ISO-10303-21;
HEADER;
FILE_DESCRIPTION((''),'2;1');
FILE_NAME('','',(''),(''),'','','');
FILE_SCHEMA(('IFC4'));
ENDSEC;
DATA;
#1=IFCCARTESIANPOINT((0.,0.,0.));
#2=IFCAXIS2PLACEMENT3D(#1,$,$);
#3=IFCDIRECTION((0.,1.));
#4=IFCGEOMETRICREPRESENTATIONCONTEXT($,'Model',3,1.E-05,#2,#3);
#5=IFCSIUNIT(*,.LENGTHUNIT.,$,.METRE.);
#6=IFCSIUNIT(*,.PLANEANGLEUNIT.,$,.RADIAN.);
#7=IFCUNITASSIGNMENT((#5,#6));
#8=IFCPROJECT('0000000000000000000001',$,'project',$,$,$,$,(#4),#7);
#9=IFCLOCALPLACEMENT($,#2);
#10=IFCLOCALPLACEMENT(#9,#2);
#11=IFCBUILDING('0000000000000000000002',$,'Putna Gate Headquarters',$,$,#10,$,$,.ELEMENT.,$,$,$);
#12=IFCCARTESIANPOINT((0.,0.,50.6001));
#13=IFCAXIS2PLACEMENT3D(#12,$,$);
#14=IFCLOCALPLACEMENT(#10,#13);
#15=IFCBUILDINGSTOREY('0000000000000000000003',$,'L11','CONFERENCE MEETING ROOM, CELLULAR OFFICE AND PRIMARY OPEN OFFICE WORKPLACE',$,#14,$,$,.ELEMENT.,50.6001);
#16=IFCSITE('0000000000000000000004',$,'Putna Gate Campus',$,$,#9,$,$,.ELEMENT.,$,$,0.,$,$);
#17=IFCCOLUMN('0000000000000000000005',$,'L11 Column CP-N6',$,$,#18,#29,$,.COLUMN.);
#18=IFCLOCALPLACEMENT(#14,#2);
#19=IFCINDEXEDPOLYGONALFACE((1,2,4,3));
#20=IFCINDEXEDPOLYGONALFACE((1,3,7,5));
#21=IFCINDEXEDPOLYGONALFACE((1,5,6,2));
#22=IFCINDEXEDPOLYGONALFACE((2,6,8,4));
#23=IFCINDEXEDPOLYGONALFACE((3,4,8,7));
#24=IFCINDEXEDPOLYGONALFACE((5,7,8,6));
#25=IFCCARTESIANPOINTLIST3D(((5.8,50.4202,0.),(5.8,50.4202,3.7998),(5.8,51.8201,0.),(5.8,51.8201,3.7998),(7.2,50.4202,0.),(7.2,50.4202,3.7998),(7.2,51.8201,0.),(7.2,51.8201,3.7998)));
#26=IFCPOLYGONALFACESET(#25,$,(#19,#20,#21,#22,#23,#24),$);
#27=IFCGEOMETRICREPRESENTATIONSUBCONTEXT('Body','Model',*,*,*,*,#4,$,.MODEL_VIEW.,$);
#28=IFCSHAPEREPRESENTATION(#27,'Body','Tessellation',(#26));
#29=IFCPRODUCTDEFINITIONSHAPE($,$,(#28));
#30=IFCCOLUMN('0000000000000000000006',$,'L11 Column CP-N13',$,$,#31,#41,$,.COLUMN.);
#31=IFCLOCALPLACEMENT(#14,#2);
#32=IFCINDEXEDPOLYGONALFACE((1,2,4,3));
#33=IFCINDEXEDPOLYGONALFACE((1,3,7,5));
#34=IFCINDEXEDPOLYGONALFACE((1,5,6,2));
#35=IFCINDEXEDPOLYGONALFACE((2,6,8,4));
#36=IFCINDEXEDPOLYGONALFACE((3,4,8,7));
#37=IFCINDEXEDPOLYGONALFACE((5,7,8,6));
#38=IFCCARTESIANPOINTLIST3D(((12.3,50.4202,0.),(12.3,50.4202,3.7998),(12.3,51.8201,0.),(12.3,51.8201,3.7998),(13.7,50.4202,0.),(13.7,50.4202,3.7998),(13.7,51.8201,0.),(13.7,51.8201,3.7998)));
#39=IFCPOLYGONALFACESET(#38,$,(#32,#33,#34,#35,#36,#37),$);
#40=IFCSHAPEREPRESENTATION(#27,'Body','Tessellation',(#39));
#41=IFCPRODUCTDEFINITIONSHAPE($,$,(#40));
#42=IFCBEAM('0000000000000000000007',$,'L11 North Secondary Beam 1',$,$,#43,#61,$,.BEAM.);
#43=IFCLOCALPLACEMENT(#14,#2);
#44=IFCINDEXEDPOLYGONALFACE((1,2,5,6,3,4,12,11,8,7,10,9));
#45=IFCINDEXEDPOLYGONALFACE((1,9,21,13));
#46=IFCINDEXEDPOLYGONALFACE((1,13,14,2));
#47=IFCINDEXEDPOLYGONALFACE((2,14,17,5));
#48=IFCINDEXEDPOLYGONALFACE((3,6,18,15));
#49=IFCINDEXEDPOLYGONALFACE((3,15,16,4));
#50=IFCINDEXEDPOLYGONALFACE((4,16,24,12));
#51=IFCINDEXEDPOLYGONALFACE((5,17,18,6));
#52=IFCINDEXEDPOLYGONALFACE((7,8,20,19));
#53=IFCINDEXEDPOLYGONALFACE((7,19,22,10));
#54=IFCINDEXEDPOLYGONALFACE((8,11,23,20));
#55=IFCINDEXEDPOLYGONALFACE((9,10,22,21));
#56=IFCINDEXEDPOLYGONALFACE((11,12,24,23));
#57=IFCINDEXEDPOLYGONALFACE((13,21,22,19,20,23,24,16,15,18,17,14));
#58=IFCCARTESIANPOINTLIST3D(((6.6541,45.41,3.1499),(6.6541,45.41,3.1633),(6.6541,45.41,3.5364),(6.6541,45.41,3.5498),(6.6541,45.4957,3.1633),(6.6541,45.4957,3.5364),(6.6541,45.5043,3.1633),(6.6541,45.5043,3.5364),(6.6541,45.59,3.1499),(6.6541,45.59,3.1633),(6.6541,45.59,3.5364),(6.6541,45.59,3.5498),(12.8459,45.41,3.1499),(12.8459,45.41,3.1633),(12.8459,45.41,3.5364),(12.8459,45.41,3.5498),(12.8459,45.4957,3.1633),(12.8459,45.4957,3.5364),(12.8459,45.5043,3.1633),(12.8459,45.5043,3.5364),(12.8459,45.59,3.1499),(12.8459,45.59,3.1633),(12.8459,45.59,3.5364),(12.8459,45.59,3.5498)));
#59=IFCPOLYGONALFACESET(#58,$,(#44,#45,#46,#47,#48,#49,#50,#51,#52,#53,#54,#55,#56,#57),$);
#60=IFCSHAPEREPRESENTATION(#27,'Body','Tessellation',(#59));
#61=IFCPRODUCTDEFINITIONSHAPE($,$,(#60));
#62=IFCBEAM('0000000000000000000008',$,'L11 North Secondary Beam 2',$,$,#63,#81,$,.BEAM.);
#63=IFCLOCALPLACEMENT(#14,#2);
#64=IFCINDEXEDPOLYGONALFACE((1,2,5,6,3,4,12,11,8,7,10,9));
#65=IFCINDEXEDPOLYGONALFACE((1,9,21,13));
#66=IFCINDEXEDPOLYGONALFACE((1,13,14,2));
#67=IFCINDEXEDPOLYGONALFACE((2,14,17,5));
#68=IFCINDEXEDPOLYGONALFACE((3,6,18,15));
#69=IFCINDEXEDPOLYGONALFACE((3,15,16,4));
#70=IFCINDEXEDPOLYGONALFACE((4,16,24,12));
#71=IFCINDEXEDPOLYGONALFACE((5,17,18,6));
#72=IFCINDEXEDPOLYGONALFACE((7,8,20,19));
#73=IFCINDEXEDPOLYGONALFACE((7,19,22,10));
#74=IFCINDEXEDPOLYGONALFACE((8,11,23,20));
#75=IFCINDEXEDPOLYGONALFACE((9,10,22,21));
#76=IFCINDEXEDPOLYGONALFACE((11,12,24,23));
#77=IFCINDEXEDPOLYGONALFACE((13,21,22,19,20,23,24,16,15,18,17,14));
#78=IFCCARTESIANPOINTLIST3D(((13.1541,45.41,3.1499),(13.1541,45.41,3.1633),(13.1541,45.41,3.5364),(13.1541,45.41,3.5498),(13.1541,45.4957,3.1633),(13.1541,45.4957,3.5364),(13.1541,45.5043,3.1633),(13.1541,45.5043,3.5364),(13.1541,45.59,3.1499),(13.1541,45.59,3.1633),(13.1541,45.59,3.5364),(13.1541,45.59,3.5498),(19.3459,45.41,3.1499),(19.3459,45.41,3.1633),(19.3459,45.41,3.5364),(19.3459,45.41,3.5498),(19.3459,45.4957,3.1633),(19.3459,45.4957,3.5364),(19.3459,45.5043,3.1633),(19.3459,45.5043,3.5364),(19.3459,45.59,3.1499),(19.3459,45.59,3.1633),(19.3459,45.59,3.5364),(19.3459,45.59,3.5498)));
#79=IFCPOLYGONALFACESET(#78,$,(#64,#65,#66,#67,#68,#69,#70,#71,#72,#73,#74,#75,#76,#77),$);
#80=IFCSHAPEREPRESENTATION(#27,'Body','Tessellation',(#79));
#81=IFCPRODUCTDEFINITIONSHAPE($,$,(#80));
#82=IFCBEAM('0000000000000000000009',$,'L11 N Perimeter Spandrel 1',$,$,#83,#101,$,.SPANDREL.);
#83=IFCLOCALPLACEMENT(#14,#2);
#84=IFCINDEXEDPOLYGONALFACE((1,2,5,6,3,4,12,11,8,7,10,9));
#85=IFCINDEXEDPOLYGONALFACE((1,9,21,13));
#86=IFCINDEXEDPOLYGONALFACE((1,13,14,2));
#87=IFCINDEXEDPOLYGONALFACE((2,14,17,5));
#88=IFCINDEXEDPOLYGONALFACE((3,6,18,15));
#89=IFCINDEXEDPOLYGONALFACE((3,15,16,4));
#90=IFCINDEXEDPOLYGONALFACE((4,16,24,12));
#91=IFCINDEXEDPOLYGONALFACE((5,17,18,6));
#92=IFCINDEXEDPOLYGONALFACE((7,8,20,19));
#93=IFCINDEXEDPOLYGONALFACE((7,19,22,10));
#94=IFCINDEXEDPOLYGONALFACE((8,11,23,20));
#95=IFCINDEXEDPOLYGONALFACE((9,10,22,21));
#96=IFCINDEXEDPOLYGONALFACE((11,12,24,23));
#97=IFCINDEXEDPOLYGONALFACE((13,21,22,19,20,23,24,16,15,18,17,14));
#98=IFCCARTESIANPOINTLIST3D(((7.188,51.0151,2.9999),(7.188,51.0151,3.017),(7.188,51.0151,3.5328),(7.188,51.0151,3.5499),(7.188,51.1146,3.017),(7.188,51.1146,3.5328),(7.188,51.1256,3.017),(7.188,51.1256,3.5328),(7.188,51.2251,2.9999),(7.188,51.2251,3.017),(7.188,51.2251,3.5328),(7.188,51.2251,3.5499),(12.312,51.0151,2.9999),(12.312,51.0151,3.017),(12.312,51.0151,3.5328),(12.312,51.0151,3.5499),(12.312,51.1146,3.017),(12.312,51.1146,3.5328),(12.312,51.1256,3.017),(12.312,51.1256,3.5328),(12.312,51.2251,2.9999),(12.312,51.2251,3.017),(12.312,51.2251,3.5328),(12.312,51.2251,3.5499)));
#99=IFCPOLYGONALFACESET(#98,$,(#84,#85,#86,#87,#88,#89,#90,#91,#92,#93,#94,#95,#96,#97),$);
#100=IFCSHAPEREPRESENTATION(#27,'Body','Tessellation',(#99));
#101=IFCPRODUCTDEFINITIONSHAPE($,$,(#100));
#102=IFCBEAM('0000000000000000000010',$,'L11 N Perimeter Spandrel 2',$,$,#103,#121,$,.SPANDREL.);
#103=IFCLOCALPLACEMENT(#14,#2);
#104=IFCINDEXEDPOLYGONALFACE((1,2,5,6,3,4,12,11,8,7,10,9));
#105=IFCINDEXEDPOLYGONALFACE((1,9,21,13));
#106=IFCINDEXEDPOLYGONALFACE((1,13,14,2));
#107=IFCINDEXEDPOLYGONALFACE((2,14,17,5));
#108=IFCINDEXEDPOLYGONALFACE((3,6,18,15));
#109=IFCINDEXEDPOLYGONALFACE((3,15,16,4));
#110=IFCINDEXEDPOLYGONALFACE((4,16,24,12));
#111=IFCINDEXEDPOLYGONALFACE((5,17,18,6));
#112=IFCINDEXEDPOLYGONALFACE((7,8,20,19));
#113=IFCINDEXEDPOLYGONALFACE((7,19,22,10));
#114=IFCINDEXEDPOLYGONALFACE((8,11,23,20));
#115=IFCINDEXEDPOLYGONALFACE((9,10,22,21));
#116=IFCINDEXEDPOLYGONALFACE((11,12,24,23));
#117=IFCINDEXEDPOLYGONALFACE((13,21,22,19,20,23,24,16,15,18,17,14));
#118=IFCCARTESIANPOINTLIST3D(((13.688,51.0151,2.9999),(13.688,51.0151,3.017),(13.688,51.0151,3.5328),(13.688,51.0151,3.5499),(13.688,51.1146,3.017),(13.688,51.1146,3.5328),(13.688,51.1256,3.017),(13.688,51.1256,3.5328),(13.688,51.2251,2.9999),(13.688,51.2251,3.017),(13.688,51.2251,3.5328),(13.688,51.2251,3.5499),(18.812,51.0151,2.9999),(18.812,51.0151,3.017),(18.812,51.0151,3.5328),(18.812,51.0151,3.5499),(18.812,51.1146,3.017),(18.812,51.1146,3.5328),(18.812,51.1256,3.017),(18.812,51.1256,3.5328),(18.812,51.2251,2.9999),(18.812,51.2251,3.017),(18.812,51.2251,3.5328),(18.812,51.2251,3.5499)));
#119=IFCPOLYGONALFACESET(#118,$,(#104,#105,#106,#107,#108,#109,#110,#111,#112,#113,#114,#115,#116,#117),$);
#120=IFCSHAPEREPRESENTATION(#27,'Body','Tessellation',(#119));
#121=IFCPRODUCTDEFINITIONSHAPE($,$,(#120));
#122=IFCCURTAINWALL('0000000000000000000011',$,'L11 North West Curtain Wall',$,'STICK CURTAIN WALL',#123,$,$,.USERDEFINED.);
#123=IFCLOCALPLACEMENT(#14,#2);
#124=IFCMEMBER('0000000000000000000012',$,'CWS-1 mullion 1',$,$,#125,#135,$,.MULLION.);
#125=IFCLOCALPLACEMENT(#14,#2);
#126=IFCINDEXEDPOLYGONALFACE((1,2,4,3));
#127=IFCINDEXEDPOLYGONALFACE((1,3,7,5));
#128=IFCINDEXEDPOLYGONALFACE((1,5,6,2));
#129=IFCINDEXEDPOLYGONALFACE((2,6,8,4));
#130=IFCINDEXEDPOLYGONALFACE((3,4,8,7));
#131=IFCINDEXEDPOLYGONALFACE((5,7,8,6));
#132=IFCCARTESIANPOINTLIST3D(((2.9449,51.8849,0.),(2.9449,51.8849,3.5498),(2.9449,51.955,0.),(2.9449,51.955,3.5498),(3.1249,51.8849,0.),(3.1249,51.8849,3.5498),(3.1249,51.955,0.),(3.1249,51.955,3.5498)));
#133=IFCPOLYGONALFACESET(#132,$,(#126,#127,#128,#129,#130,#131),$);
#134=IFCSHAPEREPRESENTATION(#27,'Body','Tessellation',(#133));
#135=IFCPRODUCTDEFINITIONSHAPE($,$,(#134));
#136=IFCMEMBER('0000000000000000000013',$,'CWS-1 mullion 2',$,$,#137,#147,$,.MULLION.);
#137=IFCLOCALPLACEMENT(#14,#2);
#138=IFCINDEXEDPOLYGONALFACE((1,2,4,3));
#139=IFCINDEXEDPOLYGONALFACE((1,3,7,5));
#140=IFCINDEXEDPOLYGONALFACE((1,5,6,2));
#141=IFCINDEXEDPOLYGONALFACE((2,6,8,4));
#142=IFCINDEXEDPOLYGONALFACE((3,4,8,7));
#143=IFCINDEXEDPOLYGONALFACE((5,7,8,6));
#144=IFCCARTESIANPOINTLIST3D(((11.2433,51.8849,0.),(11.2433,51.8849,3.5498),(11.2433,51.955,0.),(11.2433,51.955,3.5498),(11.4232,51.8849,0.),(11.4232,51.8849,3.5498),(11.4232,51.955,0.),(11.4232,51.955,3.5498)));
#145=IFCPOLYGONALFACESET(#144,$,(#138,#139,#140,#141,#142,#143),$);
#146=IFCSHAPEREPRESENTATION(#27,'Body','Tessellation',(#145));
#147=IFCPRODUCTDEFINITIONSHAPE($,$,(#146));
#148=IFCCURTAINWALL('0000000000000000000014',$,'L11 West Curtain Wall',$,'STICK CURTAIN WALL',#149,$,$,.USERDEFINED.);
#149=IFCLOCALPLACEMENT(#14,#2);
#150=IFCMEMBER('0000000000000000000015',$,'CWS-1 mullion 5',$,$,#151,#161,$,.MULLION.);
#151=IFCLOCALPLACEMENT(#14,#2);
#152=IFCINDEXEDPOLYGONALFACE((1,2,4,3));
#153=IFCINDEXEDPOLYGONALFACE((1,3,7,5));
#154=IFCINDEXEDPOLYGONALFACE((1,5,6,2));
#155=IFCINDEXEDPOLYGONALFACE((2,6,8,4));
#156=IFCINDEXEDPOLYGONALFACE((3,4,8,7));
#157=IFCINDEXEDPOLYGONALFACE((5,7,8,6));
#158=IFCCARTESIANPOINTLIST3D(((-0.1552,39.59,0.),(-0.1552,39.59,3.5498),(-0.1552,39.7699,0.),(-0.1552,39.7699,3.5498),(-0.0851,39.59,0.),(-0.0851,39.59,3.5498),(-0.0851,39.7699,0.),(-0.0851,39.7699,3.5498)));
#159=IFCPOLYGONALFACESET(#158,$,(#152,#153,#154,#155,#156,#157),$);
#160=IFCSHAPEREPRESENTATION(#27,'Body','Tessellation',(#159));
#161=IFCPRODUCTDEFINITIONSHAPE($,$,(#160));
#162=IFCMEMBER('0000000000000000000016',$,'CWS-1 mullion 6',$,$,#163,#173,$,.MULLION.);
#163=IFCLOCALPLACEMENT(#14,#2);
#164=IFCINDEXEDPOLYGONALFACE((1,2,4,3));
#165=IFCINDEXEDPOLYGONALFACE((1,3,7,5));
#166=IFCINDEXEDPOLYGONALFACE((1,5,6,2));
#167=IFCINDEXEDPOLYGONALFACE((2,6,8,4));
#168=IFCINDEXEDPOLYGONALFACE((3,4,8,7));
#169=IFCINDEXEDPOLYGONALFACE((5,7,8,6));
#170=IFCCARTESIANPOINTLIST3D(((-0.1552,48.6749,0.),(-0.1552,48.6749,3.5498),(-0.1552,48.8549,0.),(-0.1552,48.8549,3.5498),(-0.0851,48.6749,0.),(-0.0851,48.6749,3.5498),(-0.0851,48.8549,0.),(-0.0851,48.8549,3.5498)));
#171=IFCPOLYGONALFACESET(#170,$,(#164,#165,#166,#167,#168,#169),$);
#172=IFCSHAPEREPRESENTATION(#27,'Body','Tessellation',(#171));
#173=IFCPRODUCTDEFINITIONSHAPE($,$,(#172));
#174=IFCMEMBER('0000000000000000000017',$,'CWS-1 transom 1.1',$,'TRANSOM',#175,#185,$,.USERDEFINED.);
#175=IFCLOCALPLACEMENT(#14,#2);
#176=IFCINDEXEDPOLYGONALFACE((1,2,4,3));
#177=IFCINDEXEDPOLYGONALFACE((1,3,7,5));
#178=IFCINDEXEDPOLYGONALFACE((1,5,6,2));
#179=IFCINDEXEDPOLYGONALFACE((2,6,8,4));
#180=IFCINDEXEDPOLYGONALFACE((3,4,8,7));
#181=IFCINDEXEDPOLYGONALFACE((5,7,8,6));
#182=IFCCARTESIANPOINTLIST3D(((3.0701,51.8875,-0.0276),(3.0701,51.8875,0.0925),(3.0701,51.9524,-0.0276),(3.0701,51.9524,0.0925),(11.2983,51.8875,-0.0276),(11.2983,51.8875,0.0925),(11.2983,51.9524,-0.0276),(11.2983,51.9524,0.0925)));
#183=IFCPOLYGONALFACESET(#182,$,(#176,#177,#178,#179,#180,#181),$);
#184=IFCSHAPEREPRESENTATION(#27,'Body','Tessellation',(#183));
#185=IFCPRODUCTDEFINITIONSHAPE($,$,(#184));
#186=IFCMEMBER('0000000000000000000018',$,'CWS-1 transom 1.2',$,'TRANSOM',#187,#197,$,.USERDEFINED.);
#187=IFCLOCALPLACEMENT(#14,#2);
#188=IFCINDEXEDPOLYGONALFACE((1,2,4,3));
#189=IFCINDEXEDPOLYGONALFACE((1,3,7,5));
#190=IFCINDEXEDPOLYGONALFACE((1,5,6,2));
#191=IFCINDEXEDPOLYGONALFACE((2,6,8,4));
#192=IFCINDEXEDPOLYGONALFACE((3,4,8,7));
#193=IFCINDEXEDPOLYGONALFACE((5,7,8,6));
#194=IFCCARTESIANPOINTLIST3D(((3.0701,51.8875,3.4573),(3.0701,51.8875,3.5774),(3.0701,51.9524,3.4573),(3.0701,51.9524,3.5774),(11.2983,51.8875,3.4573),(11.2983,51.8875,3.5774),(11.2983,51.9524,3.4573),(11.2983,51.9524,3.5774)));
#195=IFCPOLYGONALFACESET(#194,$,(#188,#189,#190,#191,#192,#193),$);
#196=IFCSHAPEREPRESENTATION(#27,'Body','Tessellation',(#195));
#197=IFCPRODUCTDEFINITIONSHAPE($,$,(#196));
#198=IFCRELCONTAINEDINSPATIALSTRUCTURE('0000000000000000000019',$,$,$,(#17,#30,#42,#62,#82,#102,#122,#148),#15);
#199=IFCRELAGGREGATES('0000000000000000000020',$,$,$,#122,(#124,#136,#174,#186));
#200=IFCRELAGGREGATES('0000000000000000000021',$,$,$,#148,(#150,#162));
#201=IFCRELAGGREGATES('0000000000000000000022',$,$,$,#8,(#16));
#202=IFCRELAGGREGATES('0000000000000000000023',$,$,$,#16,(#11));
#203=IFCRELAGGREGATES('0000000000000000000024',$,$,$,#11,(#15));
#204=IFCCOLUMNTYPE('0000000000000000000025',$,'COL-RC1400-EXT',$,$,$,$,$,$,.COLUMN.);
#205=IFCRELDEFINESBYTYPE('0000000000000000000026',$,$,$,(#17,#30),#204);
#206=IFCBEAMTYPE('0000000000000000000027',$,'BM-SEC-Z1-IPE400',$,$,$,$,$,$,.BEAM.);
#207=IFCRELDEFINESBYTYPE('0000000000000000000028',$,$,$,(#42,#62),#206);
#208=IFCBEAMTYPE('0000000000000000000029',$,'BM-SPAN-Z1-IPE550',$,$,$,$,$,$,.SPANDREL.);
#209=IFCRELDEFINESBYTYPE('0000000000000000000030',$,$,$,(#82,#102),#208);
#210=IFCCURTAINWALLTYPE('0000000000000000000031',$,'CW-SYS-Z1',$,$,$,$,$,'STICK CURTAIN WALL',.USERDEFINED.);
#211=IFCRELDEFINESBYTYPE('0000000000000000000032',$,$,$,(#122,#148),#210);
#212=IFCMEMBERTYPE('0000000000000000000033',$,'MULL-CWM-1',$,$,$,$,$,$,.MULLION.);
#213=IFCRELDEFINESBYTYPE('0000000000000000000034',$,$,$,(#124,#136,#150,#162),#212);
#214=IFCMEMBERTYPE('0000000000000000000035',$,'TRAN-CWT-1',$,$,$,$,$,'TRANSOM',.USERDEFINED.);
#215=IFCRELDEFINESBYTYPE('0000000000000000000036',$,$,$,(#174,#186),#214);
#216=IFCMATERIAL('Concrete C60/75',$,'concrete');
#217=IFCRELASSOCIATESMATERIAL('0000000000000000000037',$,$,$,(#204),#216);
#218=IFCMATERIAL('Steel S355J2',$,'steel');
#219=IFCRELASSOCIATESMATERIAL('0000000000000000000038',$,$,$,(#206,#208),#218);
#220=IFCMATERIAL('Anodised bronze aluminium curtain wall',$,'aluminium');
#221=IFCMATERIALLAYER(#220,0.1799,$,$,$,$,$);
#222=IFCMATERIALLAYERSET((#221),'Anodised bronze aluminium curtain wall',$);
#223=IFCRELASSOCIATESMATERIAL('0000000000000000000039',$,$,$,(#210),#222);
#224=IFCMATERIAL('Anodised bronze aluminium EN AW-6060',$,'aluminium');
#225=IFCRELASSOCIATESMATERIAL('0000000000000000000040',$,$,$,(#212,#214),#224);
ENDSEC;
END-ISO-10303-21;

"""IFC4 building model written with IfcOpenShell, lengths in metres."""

from ifc_helpers import new_model, si_unit, direction, frame, origin, origin_2d, place, context, subcontext, project, spatial, rectangle, i_section, extrude, material, layer, layer_set, material_profile, profile_set, type_object, element, aggregate, save


model = new_model("IFC4")

# Units and contexts
model_context = context("Model", 3, precision=1e-05, world=origin(), true_north=direction((0.0, 1.0)))
body_context = subcontext(model_context, "Body", "Model", "MODEL_VIEW")
ifc_project = project(units=[si_unit("LENGTHUNIT", "METRE"), si_unit("PLANEANGLEUNIT", "RADIAN")], contexts=[model_context])

# Site, building, storey
site_placement = place(None, origin())
site = spatial("IfcSite", under=ifc_project, at=site_placement, Name="Putna Gate Campus", CompositionType="ELEMENT", RefElevation=0.0)
building_placement = place(site_placement, origin())
building = spatial("IfcBuilding", under=site, at=building_placement, Name="Putna Gate Headquarters", CompositionType="ELEMENT")
storey_placement = place(building_placement, frame((0.0, 0.0, 50.6001)))
storey = spatial("IfcBuildingStorey", under=building, at=storey_placement, Name="L11", Description="CONFERENCE MEETING ROOM, CELLULAR OFFICE AND PRIMARY OPEN OFFICE WORKPLACE", CompositionType="ELEMENT", Elevation=50.6001)

# Columns
ifc_material_1 = material(Name="Concrete C60/75", Category="concrete")
ifc_material_profile_1 = material_profile(ifc_material_1, rectangle(XDim=1.3999, YDim=1.3999, at=origin_2d()), Name="Concrete C60/75")
ifc_profile_set_1 = profile_set([ifc_material_profile_1], Name="Concrete C60/75")
column_type = type_object("IfcColumnType", Name="COL-RC1400-EXT", PredefinedType="COLUMN", material=ifc_profile_set_1)
for number, where, z_axis, x_axis, name in (
    (1, (6.5, 51.1201, 0.0), (0.0, 0.0, 1.0), (1.0, 0.0, 0.0), "L11 Column CP-N6"),
    (2, (13.0, 51.1201, 0.0), (0.0, 0.0, 1.0), (1.0, 0.0, 0.0), "L11 Column CP-N13"),
):
    element("IfcColumn", number, at=place(storey_placement, frame(where, z_axis=z_axis, x_axis=x_axis)), inside=storey, type_object=column_type, Name=name, PredefinedType="COLUMN", context=body_context, shape_type="SweptSolid", body=[
        extrude(rectangle(XDim=1.3999, YDim=1.3999, at=origin_2d()), origin(), (0.0, 0.0, 1.0), 3.7998),
    ])

# Beams
ifc_material_2 = material(Name="Steel S355J2", Category="steel")
ifc_material_profile_2 = material_profile(ifc_material_2, i_section(OverallWidth=0.1799, OverallDepth=0.3999, WebThickness=0.0085, FlangeThickness=0.0134, at=origin_2d()), Name="Steel S355J2")
ifc_profile_set_2 = profile_set([ifc_material_profile_2], Name="Steel S355J2")
beam_type_1 = type_object("IfcBeamType", Name="BM-SEC-Z1-IPE400", PredefinedType="BEAM", material=ifc_profile_set_2)
for number, where, z_axis, x_axis, name in (
    (3, (6.6541, 45.5, 3.3499), (1.0, 0.0, 0.0), (0.0, 1.0, 0.0), "L11 North Secondary Beam 1"),
    (4, (13.1541, 45.5, 3.3499), (1.0, 0.0, 0.0), (0.0, 1.0, 0.0), "L11 North Secondary Beam 2"),
):
    element("IfcBeam", number, at=place(storey_placement, frame(where, z_axis=z_axis, x_axis=x_axis)), inside=storey, type_object=beam_type_1, Name=name, PredefinedType="BEAM", context=body_context, shape_type="SweptSolid", body=[
        extrude(i_section(OverallWidth=0.1799, OverallDepth=0.3999, WebThickness=0.0085, FlangeThickness=0.0134, at=origin_2d()), origin(), (0.0, 0.0, 1.0), 6.1919),
    ])
ifc_material_profile_3 = material_profile(ifc_material_2, i_section(OverallWidth=0.21, OverallDepth=0.55, WebThickness=0.011, FlangeThickness=0.0171, at=origin_2d()), Name="Steel S355J2")
ifc_profile_set_3 = profile_set([ifc_material_profile_3], Name="Steel S355J2")
beam_type_2 = type_object("IfcBeamType", Name="BM-SPAN-Z1-IPE550", PredefinedType="SPANDREL", material=ifc_profile_set_3)
for number, where, z_axis, x_axis, name in (
    (5, (7.188, 51.1201, 3.2749), (1.0, 0.0, 0.0), (0.0, 1.0, 0.0), "L11 N Perimeter Spandrel 1"),
    (6, (13.688, 51.1201, 3.2749), (1.0, 0.0, 0.0), (0.0, 1.0, 0.0), "L11 N Perimeter Spandrel 2"),
):
    element("IfcBeam", number, at=place(storey_placement, frame(where, z_axis=z_axis, x_axis=x_axis)), inside=storey, type_object=beam_type_2, Name=name, PredefinedType="SPANDREL", context=body_context, shape_type="SweptSolid", body=[
        extrude(i_section(OverallWidth=0.21, OverallDepth=0.55, WebThickness=0.011, FlangeThickness=0.0171, at=origin_2d()), origin(), (0.0, 0.0, 1.0), 5.124),
    ])

# Curtain walls, members
ifc_material_3 = material(Name="Anodised bronze aluminium curtain wall", Category="aluminium")
ifc_layer_1 = layer(ifc_material_3, 0.1799)
ifc_layer_set_1 = layer_set([ifc_layer_1], Name="Anodised bronze aluminium curtain wall")
curtain_wall_type = type_object("IfcCurtainWallType", Name="CW-SYS-Z1", ElementType="STICK CURTAIN WALL", PredefinedType="USERDEFINED", material=ifc_layer_set_1)
curtain_wall_1_placement = place(storey_placement, origin())
curtain_wall_1 = element("IfcCurtainWall", 7, at=curtain_wall_1_placement, inside=storey, type_object=curtain_wall_type, Name="L11 North West Curtain Wall", ObjectType="STICK CURTAIN WALL", PredefinedType="USERDEFINED")
ifc_material_4 = material(Name="Anodised bronze aluminium EN AW-6060", Category="aluminium")
ifc_material_profile_4 = material_profile(ifc_material_4, rectangle(XDim=0.0701, YDim=0.1799, at=origin_2d()), Name="Anodised bronze aluminium EN AW-6060")
ifc_profile_set_4 = profile_set([ifc_material_profile_4], Name="Anodised bronze aluminium EN AW-6060")
member_type_1 = type_object("IfcMemberType", Name="MULL-CWM-1", PredefinedType="MULLION", material=ifc_profile_set_4)
member_1_placement = place(storey_placement, frame((3.0349, 51.9199, 0.0), z_axis=(0.0, 0.0, 1.0), x_axis=(0.0, 1.0, 0.0)))
member_1 = element("IfcMember", 8, at=member_1_placement, type_object=member_type_1, Name="CWS-1 mullion 1", PredefinedType="MULLION", context=body_context, shape_type="SweptSolid", body=[
    extrude(rectangle(XDim=0.0701, YDim=0.1799, at=origin_2d()), origin(), (0.0, 0.0, 1.0), 3.5498),
])
member_2_placement = place(storey_placement, frame((11.3333, 51.9199, 0.0), z_axis=(0.0, 0.0, 1.0), x_axis=(0.0, 1.0, 0.0)))
member_2 = element("IfcMember", 9, at=member_2_placement, type_object=member_type_1, Name="CWS-1 mullion 2", PredefinedType="MULLION", context=body_context, shape_type="SweptSolid", body=[
    extrude(rectangle(XDim=0.0701, YDim=0.1799, at=origin_2d()), origin(), (0.0, 0.0, 1.0), 3.5498),
])
curtain_wall_2_placement = place(storey_placement, origin())
curtain_wall_2 = element("IfcCurtainWall", 10, at=curtain_wall_2_placement, inside=storey, type_object=curtain_wall_type, Name="L11 West Curtain Wall", ObjectType="STICK CURTAIN WALL", PredefinedType="USERDEFINED")
member_3_placement = place(storey_placement, frame((-0.1201, 39.6799, 0.0), z_axis=(0.0, 0.0, 1.0), x_axis=(-1.0, 0.0, 0.0)))
member_3 = element("IfcMember", 11, at=member_3_placement, type_object=member_type_1, Name="CWS-1 mullion 5", PredefinedType="MULLION", context=body_context, shape_type="SweptSolid", body=[
    extrude(rectangle(XDim=0.0701, YDim=0.1799, at=origin_2d()), origin(), (0.0, 0.0, 1.0), 3.5498),
])
member_4_placement = place(storey_placement, frame((-0.1201, 48.7649, 0.0), z_axis=(0.0, 0.0, 1.0), x_axis=(-1.0, 0.0, 0.0)))
member_4 = element("IfcMember", 12, at=member_4_placement, type_object=member_type_1, Name="CWS-1 mullion 6", PredefinedType="MULLION", context=body_context, shape_type="SweptSolid", body=[
    extrude(rectangle(XDim=0.0701, YDim=0.1799, at=origin_2d()), origin(), (0.0, 0.0, 1.0), 3.5498),
])

# Members
ifc_material_profile_5 = material_profile(ifc_material_4, rectangle(XDim=0.0649, YDim=0.1201, at=origin_2d()), Name="Anodised bronze aluminium EN AW-6060")
ifc_profile_set_5 = profile_set([ifc_material_profile_5], Name="Anodised bronze aluminium EN AW-6060")
member_type_2 = type_object("IfcMemberType", Name="TRAN-CWT-1", ElementType="TRANSOM", PredefinedType="USERDEFINED", material=ifc_profile_set_5)
member_5_placement = place(storey_placement, frame((3.0701, 51.9199, 0.0325), z_axis=(1.0, 0.0, 0.0), x_axis=(0.0, 1.0, 0.0)))
member_5 = element("IfcMember", 13, at=member_5_placement, type_object=member_type_2, Name="CWS-1 transom 1.1", ObjectType="TRANSOM", PredefinedType="USERDEFINED", context=body_context, shape_type="SweptSolid", body=[
    extrude(rectangle(XDim=0.0649, YDim=0.1201, at=origin_2d()), origin(), (0.0, 0.0, 1.0), 8.2283),
])
member_6_placement = place(storey_placement, frame((3.0701, 51.9199, 3.5173), z_axis=(1.0, 0.0, 0.0), x_axis=(0.0, 1.0, 0.0)))
member_6 = element("IfcMember", 14, at=member_6_placement, type_object=member_type_2, Name="CWS-1 transom 1.2", ObjectType="TRANSOM", PredefinedType="USERDEFINED", context=body_context, shape_type="SweptSolid", body=[
    extrude(rectangle(XDim=0.0649, YDim=0.1201, at=origin_2d()), origin(), (0.0, 0.0, 1.0), 8.2283),
])

aggregate(curtain_wall_1, [member_1, member_2, member_5, member_6])
aggregate(curtain_wall_2, [member_3, member_4])

save(model, "model.ifc")
